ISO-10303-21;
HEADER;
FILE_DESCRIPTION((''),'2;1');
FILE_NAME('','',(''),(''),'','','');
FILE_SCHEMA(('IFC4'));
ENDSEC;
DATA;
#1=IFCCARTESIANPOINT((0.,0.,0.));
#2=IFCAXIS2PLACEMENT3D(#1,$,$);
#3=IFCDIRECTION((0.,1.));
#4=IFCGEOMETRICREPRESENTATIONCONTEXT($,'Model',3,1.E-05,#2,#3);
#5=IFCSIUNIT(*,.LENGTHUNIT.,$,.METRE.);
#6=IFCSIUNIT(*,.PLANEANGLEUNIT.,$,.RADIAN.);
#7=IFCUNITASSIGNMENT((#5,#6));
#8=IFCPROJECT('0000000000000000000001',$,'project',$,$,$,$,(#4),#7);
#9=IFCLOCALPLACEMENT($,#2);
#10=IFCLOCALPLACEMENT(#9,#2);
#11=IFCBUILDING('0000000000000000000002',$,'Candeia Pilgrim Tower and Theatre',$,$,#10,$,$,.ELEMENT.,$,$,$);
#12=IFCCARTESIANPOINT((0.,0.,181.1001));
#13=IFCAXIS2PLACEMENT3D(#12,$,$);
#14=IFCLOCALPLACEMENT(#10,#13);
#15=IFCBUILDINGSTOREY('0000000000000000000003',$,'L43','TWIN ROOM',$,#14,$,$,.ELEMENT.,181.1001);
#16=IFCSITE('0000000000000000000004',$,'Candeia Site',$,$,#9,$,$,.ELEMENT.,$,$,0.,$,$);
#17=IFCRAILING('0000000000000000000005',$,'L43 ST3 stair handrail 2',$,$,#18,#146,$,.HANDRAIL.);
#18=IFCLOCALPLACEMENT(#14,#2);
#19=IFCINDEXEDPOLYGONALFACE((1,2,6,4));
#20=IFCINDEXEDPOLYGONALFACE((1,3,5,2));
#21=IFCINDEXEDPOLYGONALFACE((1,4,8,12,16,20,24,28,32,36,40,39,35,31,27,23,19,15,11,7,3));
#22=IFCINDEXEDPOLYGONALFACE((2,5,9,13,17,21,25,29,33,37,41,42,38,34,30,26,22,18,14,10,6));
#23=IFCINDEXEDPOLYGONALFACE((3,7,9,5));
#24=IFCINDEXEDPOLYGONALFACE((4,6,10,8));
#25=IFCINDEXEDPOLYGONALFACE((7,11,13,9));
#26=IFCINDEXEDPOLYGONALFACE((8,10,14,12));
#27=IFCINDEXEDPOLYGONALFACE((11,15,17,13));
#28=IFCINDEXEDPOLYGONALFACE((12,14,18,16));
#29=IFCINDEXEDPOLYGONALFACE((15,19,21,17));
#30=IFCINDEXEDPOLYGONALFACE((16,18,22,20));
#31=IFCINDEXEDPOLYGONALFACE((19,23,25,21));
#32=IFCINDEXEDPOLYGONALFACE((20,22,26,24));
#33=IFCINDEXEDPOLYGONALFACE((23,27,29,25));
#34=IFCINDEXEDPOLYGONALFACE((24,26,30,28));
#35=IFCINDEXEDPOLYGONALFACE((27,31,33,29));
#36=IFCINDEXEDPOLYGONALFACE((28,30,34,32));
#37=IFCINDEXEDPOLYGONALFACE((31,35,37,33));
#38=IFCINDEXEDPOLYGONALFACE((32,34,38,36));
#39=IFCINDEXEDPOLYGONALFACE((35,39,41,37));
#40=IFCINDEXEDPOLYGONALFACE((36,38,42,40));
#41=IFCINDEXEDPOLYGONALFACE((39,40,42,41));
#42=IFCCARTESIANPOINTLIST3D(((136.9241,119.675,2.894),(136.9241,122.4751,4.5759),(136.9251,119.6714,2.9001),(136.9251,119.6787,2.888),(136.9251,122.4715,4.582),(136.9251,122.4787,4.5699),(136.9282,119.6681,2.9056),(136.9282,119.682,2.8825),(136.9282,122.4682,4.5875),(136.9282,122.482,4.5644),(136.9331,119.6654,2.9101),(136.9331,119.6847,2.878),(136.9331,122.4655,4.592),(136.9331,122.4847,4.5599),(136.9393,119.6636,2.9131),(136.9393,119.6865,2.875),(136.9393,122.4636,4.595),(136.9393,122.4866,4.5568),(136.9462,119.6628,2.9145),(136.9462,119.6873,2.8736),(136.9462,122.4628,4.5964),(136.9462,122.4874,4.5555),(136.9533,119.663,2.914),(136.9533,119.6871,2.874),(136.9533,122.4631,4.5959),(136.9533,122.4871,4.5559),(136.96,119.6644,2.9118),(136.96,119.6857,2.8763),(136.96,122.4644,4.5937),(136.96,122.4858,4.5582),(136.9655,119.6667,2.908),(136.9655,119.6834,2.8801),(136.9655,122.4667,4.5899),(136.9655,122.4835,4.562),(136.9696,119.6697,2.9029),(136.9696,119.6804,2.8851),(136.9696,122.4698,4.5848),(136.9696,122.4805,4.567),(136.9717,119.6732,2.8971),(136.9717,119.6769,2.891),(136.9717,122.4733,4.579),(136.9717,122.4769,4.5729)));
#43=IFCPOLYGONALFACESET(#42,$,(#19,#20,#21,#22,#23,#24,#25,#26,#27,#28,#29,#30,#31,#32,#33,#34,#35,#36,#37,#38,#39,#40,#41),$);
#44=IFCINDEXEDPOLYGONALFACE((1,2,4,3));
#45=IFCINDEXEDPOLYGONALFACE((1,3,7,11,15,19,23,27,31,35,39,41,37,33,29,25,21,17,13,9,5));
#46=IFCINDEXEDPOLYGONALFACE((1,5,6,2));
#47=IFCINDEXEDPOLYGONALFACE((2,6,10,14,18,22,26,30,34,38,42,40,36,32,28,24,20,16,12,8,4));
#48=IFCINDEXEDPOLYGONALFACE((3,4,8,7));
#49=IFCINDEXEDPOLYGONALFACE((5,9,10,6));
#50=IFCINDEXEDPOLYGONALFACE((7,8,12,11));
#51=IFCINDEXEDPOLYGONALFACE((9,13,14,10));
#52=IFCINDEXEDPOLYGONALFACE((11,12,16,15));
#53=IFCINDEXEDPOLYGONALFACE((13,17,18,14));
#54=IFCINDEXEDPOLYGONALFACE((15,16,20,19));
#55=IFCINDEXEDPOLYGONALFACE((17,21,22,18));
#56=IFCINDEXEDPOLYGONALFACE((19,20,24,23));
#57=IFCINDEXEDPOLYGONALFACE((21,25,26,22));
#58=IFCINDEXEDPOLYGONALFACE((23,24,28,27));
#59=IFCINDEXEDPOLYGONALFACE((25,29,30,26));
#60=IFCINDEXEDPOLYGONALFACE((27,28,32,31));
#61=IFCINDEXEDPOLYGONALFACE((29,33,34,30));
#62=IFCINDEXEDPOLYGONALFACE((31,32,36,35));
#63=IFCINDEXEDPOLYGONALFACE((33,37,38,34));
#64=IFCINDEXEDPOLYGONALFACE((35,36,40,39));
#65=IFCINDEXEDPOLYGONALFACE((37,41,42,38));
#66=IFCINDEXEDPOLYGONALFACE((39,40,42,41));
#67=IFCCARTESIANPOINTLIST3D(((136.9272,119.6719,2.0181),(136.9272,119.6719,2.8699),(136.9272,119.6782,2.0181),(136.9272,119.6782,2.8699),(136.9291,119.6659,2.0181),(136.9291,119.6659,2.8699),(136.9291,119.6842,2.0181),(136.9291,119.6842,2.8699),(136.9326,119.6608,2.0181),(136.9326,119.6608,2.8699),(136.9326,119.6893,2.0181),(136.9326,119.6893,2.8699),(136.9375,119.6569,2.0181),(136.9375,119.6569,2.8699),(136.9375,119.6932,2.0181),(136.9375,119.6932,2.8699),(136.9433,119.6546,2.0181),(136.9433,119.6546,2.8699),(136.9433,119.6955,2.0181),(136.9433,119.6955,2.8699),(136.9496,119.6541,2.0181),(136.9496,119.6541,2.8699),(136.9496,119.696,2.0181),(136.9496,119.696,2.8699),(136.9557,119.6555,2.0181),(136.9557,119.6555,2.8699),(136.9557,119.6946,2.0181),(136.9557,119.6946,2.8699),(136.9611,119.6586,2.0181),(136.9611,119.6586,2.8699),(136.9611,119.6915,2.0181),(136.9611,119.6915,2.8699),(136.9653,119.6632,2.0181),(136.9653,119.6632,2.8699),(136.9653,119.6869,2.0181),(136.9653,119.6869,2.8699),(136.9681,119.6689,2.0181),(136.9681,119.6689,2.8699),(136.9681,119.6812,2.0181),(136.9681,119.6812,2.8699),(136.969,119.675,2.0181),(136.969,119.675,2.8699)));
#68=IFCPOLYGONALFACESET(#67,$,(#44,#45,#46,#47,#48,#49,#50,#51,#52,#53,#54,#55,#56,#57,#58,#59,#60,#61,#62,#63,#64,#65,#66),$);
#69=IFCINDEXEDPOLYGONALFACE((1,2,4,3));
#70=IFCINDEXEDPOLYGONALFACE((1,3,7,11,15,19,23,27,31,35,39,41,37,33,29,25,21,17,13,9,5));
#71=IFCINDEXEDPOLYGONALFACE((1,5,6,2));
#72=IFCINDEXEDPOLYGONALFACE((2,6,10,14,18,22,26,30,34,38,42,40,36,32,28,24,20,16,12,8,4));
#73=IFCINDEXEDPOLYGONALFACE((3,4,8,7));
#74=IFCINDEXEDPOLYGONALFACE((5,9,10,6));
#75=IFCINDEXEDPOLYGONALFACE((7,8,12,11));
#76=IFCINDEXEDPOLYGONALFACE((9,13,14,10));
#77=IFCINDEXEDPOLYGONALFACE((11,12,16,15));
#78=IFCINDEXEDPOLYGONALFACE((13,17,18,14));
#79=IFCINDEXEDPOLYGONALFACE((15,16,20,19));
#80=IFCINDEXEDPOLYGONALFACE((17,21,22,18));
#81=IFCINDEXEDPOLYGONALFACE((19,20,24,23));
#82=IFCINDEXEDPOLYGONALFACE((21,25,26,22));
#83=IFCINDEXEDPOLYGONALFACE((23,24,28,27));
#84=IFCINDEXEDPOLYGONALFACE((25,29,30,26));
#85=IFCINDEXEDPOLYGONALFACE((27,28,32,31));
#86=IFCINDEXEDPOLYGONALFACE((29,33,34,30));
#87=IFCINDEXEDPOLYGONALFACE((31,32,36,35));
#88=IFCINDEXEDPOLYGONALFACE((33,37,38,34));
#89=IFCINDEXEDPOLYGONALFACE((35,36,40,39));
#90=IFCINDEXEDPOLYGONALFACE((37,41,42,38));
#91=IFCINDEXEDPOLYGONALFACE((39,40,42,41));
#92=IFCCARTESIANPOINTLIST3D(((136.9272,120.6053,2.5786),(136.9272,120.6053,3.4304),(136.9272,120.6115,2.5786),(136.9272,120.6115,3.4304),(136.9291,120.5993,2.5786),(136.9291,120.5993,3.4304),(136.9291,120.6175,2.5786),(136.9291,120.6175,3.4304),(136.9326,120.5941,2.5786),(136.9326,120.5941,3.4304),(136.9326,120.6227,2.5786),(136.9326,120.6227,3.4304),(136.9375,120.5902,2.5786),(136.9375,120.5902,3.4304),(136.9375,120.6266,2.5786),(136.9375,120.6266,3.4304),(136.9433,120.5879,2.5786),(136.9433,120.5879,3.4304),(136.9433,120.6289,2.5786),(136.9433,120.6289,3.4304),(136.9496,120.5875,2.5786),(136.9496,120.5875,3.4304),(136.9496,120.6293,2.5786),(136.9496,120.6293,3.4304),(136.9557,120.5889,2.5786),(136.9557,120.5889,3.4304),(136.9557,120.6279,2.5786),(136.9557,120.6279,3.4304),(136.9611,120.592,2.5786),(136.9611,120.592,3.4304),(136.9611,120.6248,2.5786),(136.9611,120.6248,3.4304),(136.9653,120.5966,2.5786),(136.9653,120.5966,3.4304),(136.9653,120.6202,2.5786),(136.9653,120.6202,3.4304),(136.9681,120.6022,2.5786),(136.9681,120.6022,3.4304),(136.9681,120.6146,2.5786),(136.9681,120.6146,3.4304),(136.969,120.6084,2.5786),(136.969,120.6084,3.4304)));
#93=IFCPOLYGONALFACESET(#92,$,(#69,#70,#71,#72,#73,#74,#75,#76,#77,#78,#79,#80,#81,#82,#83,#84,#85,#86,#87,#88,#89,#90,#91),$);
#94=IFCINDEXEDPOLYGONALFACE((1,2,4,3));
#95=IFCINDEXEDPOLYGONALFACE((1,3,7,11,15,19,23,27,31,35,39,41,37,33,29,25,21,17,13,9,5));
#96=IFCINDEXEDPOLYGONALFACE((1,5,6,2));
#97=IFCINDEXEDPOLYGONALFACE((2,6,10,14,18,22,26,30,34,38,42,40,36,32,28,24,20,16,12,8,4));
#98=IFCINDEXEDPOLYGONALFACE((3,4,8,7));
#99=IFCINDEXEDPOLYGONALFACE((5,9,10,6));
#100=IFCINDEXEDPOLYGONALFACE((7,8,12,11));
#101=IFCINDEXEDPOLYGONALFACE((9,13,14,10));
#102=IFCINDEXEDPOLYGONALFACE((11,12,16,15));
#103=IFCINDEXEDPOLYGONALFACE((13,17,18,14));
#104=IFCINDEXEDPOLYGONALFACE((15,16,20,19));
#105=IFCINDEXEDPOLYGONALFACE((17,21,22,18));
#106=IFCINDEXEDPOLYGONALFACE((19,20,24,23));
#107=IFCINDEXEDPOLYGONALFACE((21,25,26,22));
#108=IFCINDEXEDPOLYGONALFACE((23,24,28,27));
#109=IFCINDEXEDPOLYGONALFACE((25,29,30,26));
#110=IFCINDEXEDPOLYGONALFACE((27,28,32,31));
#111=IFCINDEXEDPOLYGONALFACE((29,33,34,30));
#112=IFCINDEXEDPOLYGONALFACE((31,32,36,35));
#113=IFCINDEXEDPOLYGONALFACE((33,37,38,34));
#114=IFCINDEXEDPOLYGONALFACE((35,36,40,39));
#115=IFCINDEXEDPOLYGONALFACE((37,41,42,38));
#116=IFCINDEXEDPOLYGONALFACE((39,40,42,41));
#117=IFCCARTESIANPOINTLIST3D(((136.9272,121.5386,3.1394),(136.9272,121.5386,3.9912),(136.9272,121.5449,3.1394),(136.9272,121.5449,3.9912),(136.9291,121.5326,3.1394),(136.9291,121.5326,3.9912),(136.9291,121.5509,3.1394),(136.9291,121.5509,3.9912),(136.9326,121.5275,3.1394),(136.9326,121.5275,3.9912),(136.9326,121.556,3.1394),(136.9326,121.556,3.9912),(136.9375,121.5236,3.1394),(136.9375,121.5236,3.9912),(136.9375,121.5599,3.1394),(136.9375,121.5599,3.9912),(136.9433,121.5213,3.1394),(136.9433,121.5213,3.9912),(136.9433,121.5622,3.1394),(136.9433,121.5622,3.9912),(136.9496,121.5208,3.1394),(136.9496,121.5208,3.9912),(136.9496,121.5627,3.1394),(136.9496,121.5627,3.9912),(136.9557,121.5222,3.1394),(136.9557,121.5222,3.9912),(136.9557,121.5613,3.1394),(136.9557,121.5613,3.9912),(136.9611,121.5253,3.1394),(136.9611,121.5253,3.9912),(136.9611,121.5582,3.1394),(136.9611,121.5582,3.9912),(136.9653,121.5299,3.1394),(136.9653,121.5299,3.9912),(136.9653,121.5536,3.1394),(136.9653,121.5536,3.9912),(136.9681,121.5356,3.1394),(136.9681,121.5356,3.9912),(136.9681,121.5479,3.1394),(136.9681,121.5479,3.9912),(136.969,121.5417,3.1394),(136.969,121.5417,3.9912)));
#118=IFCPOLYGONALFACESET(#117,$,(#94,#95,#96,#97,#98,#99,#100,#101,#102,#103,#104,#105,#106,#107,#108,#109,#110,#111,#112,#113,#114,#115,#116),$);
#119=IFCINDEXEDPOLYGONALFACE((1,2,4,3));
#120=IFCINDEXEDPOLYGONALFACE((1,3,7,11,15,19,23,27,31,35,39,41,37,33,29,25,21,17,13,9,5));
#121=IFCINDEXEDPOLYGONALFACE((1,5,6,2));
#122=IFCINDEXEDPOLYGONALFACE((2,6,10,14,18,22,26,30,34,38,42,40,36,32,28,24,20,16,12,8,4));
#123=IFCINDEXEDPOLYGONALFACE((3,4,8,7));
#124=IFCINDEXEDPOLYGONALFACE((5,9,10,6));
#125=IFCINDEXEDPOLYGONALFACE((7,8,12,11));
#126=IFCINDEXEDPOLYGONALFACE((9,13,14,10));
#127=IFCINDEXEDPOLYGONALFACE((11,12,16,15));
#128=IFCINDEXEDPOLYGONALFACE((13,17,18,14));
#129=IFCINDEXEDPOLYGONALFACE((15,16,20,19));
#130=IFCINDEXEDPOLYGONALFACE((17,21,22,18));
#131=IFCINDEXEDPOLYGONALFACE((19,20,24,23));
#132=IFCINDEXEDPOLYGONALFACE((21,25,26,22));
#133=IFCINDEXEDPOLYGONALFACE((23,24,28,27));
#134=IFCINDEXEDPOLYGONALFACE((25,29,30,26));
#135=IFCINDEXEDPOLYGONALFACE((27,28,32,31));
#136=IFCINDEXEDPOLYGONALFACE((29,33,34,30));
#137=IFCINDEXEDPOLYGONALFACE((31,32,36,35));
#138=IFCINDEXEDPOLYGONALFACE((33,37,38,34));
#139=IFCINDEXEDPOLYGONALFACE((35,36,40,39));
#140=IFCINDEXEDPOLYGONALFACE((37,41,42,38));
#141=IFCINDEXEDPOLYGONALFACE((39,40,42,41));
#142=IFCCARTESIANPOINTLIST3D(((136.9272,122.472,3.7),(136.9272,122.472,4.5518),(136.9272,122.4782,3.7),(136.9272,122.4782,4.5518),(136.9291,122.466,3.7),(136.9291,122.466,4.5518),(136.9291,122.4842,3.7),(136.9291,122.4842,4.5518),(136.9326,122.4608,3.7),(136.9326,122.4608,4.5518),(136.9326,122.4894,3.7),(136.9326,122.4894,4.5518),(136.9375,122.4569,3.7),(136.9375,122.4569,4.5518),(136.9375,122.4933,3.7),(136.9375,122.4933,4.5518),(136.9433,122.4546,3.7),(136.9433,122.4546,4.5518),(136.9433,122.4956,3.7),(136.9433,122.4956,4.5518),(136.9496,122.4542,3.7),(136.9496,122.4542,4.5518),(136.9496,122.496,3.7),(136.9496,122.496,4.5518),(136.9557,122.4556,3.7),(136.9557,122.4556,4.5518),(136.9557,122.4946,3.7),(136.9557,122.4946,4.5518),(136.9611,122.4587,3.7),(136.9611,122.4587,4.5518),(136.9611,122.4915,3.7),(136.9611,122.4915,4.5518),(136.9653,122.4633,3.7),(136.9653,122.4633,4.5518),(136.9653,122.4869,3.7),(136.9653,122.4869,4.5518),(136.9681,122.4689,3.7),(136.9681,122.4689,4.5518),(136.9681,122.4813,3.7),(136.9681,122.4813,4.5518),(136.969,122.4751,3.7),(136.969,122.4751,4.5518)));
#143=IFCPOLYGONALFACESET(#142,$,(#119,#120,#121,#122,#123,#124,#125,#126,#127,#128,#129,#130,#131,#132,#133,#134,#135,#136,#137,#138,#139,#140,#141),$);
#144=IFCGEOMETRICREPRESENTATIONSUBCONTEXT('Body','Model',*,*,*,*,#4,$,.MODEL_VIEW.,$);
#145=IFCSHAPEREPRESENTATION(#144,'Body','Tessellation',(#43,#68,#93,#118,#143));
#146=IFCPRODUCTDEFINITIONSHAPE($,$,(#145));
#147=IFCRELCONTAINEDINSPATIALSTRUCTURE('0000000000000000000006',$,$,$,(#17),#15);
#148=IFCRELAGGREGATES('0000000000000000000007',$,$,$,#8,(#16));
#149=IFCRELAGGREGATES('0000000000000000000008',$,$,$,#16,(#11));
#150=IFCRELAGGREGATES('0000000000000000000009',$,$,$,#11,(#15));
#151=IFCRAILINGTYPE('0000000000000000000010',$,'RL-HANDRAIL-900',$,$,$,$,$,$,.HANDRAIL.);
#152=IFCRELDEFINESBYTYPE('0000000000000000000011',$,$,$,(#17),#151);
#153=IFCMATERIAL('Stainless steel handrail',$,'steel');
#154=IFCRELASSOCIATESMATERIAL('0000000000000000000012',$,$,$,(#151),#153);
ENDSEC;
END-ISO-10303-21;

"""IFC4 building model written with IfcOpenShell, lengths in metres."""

from ifc_helpers import new_model, si_unit, direction, frame, origin, origin_2d, place, context, subcontext, project, spatial, circle, extrude, material, type_object, element, save


model = new_model("IFC4")

# Units and contexts
model_context = context("Model", 3, precision=1e-05, world=origin(), true_north=direction((0.0, 1.0)))
body_context = subcontext(model_context, "Body", "Model", "MODEL_VIEW")
ifc_project = project(units=[si_unit("LENGTHUNIT", "METRE"), si_unit("PLANEANGLEUNIT", "RADIAN")], contexts=[model_context])

# Site, building, storey
site_placement = place(None, origin())
site = spatial("IfcSite", under=ifc_project, at=site_placement, Name="Candeia Site", CompositionType="ELEMENT", RefElevation=0.0)
building_placement = place(site_placement, origin())
building = spatial("IfcBuilding", under=site, at=building_placement, Name="Candeia Pilgrim Tower and Theatre", CompositionType="ELEMENT")
storey_placement = place(building_placement, frame((0.0, 0.0, 181.1001)))
storey = spatial("IfcBuildingStorey", under=building, at=storey_placement, Name="L43", Description="TWIN ROOM", CompositionType="ELEMENT", Elevation=181.1001)

# Railing
ifc_material_1 = material(Name="Stainless steel handrail", Category="steel")
railing_type_1 = type_object("IfcRailingType", Name="RL-HANDRAIL-900", PredefinedType="HANDRAIL", material=ifc_material_1)
railing_1_placement = place(storey_placement, frame((136.948, 119.675, 2.0181)))
element("IfcRailing", 1, at=railing_1_placement, inside=storey, type_object=railing_type_1, Name="L43 ST3 stair handrail 2", PredefinedType="HANDRAIL", context=body_context, shape_type="SweptSolid", body=[
    extrude(circle(Radius=0.0239, at=origin_2d()), frame((0.0, 0.0, 0.876), z_axis=(0.0, 0.857242, 0.514913), x_axis=(-1.0, 0.0, 0.0)), (0.0, 0.0, 1.0), 3.2664),
    extrude(circle(Radius=0.021, at=origin_2d()), origin(), (0.0, 0.0, 1.0), 0.8518),
    extrude(circle(Radius=0.021, at=origin_2d()), frame((0.0, 0.9333, 0.5605)), (0.0, 0.0, 1.0), 0.8518),
    extrude(circle(Radius=0.021, at=origin_2d()), frame((0.0, 1.8667, 1.1213)), (0.0, 0.0, 1.0), 0.8518),
    extrude(circle(Radius=0.021, at=origin_2d()), frame((0.0, 2.8, 1.6819)), (0.0, 0.0, 1.0), 0.8518),
])

save(model, "model.ifc")
